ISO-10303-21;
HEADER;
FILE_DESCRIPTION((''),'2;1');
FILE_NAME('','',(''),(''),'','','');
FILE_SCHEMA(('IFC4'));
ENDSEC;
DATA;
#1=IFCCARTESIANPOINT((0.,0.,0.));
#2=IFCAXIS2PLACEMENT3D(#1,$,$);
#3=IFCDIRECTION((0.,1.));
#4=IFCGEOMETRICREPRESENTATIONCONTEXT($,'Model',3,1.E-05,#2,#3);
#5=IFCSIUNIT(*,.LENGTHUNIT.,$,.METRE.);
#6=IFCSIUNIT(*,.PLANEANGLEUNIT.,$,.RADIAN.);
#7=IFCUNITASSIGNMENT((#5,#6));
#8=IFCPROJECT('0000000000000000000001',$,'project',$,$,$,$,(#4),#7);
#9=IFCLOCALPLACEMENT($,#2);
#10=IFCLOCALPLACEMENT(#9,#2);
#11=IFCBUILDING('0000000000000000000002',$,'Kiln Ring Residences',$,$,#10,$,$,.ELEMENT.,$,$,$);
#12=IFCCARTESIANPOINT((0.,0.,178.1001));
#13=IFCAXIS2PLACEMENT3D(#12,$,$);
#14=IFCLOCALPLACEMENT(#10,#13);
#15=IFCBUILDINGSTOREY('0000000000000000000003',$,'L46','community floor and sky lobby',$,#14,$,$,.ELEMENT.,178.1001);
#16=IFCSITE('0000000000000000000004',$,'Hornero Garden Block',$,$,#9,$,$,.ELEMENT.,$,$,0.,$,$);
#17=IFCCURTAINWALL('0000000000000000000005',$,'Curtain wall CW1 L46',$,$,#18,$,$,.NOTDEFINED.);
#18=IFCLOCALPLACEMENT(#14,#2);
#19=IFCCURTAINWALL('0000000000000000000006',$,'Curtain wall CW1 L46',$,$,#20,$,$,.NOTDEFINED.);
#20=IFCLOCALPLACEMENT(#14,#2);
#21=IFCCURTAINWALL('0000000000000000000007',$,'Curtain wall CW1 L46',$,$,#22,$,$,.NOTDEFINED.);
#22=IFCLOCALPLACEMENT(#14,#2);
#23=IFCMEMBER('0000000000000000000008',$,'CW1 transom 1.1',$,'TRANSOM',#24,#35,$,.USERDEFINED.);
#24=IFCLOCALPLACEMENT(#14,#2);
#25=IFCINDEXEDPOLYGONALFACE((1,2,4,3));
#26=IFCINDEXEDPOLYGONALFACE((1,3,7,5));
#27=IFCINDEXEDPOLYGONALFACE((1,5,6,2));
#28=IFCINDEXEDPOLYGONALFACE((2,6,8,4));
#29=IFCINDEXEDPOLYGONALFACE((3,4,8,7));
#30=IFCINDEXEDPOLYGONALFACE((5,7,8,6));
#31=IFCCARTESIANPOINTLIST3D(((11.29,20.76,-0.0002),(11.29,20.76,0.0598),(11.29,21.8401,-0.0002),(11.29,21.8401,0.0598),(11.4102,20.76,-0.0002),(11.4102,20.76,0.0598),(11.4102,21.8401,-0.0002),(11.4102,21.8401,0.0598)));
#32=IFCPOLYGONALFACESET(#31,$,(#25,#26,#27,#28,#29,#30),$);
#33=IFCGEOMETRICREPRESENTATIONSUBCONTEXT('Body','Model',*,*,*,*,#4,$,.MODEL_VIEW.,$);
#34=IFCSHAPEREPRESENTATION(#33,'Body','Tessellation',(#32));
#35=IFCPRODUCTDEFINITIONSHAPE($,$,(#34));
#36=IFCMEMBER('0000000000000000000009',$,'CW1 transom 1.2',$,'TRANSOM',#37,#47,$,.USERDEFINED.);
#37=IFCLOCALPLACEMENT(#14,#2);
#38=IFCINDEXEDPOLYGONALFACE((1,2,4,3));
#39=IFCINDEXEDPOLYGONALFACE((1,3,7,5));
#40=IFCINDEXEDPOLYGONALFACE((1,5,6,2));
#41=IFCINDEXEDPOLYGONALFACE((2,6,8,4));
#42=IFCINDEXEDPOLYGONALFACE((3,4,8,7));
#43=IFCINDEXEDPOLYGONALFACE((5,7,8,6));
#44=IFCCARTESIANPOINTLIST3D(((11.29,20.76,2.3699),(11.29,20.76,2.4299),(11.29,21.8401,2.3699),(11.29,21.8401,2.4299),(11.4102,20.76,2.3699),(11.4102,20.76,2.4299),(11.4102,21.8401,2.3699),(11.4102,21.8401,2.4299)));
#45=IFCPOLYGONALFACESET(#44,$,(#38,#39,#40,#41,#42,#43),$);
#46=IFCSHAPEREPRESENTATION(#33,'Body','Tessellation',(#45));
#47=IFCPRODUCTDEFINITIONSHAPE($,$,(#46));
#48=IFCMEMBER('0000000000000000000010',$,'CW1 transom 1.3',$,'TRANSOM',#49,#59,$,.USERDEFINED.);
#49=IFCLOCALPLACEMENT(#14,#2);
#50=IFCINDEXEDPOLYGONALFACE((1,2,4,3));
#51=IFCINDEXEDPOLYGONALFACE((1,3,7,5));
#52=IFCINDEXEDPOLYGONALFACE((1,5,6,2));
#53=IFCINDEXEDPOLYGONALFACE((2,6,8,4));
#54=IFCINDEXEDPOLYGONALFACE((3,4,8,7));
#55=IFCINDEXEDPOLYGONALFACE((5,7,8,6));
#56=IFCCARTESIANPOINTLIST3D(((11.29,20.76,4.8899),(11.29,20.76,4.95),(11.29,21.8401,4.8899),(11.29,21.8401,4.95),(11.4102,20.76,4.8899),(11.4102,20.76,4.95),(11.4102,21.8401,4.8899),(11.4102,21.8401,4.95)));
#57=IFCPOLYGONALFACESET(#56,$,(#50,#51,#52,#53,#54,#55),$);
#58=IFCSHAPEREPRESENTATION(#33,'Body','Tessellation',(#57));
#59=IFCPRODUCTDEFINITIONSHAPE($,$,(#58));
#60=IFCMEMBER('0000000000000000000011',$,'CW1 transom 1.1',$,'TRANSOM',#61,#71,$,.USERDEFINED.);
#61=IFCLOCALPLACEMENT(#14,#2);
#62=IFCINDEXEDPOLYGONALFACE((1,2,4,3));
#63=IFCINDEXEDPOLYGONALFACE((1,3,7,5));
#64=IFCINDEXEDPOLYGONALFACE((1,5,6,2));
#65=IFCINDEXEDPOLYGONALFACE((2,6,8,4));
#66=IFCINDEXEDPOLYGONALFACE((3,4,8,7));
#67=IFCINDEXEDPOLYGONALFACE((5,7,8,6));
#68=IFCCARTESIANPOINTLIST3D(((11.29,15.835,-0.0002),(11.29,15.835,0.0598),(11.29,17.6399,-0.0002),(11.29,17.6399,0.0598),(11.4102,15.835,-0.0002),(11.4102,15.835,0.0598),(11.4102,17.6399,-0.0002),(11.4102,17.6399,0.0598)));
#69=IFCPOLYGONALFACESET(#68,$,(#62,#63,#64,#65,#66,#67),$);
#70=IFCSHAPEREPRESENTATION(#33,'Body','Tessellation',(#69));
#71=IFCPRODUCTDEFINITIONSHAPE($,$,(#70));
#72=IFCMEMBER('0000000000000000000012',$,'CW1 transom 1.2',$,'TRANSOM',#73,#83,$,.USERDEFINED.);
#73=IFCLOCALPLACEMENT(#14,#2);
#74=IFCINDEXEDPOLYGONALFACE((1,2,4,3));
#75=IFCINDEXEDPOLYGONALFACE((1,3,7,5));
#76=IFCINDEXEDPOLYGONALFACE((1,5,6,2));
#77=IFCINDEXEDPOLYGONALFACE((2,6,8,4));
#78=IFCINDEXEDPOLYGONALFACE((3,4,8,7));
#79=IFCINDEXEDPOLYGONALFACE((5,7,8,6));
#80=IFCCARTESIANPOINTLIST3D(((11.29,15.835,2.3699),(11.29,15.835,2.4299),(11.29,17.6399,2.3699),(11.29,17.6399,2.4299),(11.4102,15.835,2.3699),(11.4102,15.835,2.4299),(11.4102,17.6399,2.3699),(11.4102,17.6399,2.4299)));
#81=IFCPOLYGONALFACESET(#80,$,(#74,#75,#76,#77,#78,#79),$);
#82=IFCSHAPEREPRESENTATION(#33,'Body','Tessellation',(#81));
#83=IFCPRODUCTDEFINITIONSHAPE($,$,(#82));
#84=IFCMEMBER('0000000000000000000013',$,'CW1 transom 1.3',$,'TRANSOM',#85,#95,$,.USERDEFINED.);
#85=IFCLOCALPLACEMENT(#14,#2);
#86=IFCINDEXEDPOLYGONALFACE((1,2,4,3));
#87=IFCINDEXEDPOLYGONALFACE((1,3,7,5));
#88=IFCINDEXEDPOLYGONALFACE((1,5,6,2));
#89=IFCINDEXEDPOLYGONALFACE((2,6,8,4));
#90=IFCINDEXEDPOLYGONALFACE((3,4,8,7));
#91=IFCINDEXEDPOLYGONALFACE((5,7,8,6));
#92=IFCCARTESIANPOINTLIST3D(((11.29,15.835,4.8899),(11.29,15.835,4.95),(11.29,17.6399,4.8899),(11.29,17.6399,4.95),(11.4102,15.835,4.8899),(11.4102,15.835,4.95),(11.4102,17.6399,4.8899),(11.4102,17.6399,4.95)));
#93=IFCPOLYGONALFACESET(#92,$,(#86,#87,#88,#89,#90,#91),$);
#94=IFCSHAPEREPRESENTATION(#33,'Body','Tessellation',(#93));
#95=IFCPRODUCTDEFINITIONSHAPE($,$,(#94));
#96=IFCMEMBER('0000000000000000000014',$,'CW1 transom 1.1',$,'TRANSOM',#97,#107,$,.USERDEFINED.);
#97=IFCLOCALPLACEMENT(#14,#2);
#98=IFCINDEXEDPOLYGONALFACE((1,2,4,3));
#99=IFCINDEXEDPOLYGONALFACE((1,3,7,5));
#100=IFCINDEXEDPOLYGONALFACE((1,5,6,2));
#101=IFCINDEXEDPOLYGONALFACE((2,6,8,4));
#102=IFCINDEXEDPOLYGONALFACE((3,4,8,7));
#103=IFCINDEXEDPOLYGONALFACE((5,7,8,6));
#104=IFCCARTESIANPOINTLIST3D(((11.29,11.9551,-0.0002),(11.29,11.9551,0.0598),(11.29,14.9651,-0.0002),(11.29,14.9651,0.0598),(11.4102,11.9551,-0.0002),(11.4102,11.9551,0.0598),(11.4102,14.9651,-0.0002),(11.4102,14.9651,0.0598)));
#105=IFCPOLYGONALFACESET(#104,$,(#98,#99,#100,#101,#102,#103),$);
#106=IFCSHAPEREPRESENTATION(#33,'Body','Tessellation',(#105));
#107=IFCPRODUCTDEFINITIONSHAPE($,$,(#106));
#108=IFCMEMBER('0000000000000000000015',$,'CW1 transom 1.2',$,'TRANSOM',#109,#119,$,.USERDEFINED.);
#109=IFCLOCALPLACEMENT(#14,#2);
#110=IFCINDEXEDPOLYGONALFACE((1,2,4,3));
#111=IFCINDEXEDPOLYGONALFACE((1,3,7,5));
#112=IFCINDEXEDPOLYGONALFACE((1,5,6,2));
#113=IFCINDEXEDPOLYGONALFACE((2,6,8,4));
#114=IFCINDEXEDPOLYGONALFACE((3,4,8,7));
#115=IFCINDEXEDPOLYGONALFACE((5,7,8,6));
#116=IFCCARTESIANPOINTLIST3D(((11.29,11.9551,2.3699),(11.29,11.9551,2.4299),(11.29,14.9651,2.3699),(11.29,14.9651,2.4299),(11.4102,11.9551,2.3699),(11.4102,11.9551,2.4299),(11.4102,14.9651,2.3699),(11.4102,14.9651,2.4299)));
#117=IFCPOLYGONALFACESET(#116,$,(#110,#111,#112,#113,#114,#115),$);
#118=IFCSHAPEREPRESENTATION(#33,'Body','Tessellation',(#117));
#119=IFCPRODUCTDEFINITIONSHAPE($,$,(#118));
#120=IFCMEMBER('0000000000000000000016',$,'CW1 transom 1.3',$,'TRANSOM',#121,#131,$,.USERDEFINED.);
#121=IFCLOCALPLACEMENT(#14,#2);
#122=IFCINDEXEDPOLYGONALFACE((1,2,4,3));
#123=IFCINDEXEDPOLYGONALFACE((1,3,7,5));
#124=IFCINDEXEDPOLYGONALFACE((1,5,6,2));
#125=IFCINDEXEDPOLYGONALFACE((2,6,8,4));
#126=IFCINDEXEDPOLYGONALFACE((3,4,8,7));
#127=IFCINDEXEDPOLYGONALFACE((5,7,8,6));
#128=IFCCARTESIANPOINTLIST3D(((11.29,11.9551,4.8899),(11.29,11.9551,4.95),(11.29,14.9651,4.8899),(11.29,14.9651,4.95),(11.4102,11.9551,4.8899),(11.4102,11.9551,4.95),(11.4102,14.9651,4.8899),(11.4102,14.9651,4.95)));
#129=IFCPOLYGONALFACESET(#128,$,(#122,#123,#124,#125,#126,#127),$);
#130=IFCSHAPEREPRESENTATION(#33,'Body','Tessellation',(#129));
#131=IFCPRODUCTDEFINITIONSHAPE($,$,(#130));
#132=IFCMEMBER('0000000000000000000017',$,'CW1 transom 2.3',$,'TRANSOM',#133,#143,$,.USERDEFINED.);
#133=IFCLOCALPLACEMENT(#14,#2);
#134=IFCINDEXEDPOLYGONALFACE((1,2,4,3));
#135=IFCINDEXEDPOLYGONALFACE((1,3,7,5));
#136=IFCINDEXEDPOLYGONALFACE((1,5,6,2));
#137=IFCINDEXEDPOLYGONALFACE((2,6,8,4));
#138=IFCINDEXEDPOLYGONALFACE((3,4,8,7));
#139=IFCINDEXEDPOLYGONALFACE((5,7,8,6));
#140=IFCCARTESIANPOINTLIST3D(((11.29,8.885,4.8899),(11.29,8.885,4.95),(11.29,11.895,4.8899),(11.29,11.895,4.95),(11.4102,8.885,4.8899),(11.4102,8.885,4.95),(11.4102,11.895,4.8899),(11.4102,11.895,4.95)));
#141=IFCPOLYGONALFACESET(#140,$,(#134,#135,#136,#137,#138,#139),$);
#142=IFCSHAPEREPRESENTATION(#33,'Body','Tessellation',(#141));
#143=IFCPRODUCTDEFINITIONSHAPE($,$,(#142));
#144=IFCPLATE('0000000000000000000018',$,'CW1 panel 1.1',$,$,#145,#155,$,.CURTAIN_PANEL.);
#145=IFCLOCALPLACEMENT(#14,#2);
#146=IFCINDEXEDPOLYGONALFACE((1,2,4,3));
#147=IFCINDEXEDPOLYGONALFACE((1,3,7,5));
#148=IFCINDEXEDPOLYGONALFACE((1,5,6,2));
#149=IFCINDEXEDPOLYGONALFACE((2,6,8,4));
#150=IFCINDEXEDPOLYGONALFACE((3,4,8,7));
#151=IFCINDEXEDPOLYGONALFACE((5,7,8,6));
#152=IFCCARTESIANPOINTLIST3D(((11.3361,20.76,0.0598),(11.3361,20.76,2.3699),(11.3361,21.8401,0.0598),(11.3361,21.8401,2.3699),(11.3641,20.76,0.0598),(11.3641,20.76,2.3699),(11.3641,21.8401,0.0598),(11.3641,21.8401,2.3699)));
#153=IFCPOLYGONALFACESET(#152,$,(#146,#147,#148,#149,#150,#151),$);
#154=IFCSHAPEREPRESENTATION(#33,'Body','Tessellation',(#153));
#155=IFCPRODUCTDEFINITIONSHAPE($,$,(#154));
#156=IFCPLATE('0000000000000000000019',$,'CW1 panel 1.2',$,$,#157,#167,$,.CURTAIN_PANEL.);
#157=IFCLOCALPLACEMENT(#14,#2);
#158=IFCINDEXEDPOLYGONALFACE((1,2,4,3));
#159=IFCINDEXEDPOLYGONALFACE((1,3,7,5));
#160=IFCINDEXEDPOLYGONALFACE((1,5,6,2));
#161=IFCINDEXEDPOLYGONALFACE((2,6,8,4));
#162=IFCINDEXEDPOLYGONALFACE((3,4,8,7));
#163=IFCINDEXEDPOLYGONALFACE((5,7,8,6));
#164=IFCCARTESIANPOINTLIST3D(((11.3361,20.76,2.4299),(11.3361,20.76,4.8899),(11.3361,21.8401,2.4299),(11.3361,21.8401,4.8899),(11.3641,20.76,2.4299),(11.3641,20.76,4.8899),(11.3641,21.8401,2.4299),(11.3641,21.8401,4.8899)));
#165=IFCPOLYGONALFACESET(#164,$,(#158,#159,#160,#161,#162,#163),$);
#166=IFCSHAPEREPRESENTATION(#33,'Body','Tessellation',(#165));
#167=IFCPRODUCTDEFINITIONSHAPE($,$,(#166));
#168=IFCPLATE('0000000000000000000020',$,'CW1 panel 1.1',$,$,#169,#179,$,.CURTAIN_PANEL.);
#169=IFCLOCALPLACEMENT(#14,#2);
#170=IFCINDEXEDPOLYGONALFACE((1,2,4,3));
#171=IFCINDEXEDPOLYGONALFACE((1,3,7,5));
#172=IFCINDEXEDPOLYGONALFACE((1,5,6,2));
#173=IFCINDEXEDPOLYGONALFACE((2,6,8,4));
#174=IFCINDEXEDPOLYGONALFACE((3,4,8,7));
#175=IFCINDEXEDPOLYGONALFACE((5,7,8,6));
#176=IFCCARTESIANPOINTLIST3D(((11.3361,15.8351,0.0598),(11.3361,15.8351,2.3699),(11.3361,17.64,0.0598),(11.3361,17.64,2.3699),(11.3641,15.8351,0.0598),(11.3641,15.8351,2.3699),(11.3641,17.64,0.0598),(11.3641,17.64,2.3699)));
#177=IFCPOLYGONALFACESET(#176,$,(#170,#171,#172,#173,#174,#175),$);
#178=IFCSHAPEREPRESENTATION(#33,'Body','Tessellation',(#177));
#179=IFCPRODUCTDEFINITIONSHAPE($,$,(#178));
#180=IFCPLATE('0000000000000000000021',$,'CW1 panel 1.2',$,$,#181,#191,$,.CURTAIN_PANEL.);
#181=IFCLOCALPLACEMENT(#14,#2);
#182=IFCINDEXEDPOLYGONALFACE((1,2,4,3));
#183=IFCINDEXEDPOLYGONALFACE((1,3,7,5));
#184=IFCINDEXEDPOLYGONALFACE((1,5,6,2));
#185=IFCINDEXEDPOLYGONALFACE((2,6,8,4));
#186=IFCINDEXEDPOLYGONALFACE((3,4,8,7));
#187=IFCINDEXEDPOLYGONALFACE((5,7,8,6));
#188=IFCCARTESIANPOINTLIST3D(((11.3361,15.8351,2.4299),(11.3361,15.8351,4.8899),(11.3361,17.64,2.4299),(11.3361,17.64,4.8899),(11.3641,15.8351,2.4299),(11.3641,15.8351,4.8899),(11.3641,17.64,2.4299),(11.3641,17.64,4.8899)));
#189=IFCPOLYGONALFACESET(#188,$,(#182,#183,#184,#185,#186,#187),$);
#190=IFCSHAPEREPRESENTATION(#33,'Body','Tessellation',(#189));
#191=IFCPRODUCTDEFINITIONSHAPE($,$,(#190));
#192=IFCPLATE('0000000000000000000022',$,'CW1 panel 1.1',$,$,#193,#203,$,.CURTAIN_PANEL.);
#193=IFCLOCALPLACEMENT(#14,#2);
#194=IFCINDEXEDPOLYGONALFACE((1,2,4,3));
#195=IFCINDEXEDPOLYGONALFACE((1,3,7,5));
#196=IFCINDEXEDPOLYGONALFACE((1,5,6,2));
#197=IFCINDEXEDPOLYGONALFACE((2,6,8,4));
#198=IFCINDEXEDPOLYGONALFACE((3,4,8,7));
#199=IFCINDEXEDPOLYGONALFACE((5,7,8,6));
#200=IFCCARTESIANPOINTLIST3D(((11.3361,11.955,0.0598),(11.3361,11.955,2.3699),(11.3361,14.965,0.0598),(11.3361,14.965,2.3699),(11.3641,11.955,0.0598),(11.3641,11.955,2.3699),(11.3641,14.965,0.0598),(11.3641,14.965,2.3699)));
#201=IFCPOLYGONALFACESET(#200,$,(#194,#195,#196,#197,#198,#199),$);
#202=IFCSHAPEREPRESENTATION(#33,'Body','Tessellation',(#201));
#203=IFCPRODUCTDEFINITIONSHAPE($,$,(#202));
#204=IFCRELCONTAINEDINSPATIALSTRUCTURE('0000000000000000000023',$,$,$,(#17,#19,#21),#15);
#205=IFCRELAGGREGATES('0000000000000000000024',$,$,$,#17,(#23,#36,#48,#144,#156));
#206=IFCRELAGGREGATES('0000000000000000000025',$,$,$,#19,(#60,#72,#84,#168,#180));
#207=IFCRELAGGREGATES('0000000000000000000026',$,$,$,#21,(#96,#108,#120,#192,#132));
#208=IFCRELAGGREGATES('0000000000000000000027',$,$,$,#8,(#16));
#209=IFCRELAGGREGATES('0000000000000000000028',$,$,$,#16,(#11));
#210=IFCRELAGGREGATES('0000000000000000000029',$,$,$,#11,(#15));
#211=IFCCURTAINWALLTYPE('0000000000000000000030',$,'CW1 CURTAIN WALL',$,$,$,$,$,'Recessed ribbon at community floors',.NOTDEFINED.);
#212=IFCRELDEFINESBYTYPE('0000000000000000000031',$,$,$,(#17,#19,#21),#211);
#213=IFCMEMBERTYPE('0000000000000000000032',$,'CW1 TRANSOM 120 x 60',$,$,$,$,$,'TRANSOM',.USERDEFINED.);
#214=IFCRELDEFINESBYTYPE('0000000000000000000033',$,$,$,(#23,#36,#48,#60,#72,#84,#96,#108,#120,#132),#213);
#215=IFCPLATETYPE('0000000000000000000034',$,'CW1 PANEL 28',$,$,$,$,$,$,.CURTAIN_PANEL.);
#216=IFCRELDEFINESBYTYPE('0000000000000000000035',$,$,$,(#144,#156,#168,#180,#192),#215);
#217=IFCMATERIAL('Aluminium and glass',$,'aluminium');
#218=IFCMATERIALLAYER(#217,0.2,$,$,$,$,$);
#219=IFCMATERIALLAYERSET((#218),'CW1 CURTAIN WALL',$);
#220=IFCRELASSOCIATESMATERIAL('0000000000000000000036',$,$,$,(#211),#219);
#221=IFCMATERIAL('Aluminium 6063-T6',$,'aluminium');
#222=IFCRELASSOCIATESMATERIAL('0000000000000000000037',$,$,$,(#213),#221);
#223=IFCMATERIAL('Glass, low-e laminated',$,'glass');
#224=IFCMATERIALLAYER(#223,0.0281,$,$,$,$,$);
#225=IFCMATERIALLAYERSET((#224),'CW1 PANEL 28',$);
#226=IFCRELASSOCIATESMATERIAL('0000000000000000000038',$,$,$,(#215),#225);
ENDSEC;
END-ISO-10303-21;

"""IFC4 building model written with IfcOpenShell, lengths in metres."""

from ifc_helpers import new_model, si_unit, direction, frame, origin, origin_2d, place, context, subcontext, project, spatial, rectangle, extrude, material, layer, layer_set, material_profile, profile_set, type_object, element, aggregate, save


model = new_model("IFC4")

# Units and contexts
model_context = context("Model", 3, precision=1e-05, world=origin(), true_north=direction((0.0, 1.0)))
body_context = subcontext(model_context, "Body", "Model", "MODEL_VIEW")
ifc_project = project(units=[si_unit("LENGTHUNIT", "METRE"), si_unit("PLANEANGLEUNIT", "RADIAN")], contexts=[model_context])

# Site, building, storey
site_placement = place(None, origin())
site = spatial("IfcSite", under=ifc_project, at=site_placement, Name="Hornero Garden Block", CompositionType="ELEMENT", RefElevation=0.0)
building_placement = place(site_placement, origin())
building = spatial("IfcBuilding", under=site, at=building_placement, Name="Kiln Ring Residences", CompositionType="ELEMENT")
storey_placement = place(building_placement, frame((0.0, 0.0, 178.1001)))
storey = spatial("IfcBuildingStorey", under=building, at=storey_placement, Name="L46", Description="community floor and sky lobby", CompositionType="ELEMENT", Elevation=178.1001)

# Curtain wall
ifc_material_1 = material(Name="Aluminium and glass", Category="aluminium")
ifc_layer_1 = layer(ifc_material_1, 0.2)
ifc_layer_set_1 = layer_set([ifc_layer_1], Name="CW1 CURTAIN WALL")
curtain_wall_type = type_object("IfcCurtainWallType", Name="CW1 CURTAIN WALL", ElementType="Recessed ribbon at community floors", PredefinedType="NOTDEFINED", material=ifc_layer_set_1)
placement = place(storey_placement, origin())
curtain_wall_1 = element("IfcCurtainWall", 1, at=placement, inside=storey, type_object=curtain_wall_type, Name="Curtain wall CW1 L46", PredefinedType="NOTDEFINED")

# Curtain walls
curtain_wall_2 = element("IfcCurtainWall", 2, at=placement, inside=storey, type_object=curtain_wall_type, Name="Curtain wall CW1 L46", PredefinedType="NOTDEFINED")
curtain_wall_3 = element("IfcCurtainWall", 3, at=placement, inside=storey, type_object=curtain_wall_type, Name="Curtain wall CW1 L46", PredefinedType="NOTDEFINED")

# Members
ifc_material_2 = material(Name="Aluminium 6063-T6", Category="aluminium")
ifc_material_profile_1 = material_profile(ifc_material_2, rectangle(XDim=0.1201, YDim=0.0601, at=origin_2d()), Name="AL 120x60")
ifc_profile_set_1 = profile_set([ifc_material_profile_1], Name="Aluminium 6063-T6")
member_type_1 = type_object("IfcMemberType", Name="CW1 TRANSOM 120 x 60", ElementType="TRANSOM", PredefinedType="USERDEFINED", material=ifc_profile_set_1)
member_1_placement = place(storey_placement, frame((11.3501, 21.8401, 0.0298), z_axis=(0.0, -1.0, 0.0), x_axis=(1.0, 0.0, 0.0)))
member_1 = element("IfcMember", 4, at=member_1_placement, type_object=member_type_1, Name="CW1 transom 1.1", ObjectType="TRANSOM", PredefinedType="USERDEFINED", context=body_context, shape_type="SweptSolid", body=[
    extrude(rectangle(XDim=0.1201, YDim=0.0601, at=origin_2d()), origin(), (0.0, 0.0, 1.0), 1.0801),
])
member_2_placement = place(storey_placement, frame((11.3501, 21.8401, 2.3999), z_axis=(0.0, -1.0, 0.0), x_axis=(1.0, 0.0, 0.0)))
member_2 = element("IfcMember", 5, at=member_2_placement, type_object=member_type_1, Name="CW1 transom 1.2", ObjectType="TRANSOM", PredefinedType="USERDEFINED", context=body_context, shape_type="SweptSolid", body=[
    extrude(rectangle(XDim=0.1201, YDim=0.0601, at=origin_2d()), origin(), (0.0, 0.0, 1.0), 1.0801),
])
member_3_placement = place(storey_placement, frame((11.3501, 21.8401, 4.9199), z_axis=(0.0, -1.0, 0.0), x_axis=(1.0, 0.0, 0.0)))
member_3 = element("IfcMember", 6, at=member_3_placement, type_object=member_type_1, Name="CW1 transom 1.3", ObjectType="TRANSOM", PredefinedType="USERDEFINED", context=body_context, shape_type="SweptSolid", body=[
    extrude(rectangle(XDim=0.1201, YDim=0.0601, at=origin_2d()), origin(), (0.0, 0.0, 1.0), 1.0801),
])
member_4_placement = place(storey_placement, frame((11.3501, 17.6399, 0.0298), z_axis=(0.0, -1.0, 0.0), x_axis=(1.0, 0.0, 0.0)))
member_4 = element("IfcMember", 7, at=member_4_placement, type_object=member_type_1, Name="CW1 transom 1.1", ObjectType="TRANSOM", PredefinedType="USERDEFINED", context=body_context, shape_type="SweptSolid", body=[
    extrude(rectangle(XDim=0.1201, YDim=0.0601, at=origin_2d()), origin(), (0.0, 0.0, 1.0), 1.8049),
])
member_5_placement = place(storey_placement, frame((11.3501, 17.6399, 2.3999), z_axis=(0.0, -1.0, 0.0), x_axis=(1.0, 0.0, 0.0)))
member_5 = element("IfcMember", 8, at=member_5_placement, type_object=member_type_1, Name="CW1 transom 1.2", ObjectType="TRANSOM", PredefinedType="USERDEFINED", context=body_context, shape_type="SweptSolid", body=[
    extrude(rectangle(XDim=0.1201, YDim=0.0601, at=origin_2d()), origin(), (0.0, 0.0, 1.0), 1.8049),
])
member_6_placement = place(storey_placement, frame((11.3501, 17.6399, 4.9199), z_axis=(0.0, -1.0, 0.0), x_axis=(1.0, 0.0, 0.0)))
member_6 = element("IfcMember", 9, at=member_6_placement, type_object=member_type_1, Name="CW1 transom 1.3", ObjectType="TRANSOM", PredefinedType="USERDEFINED", context=body_context, shape_type="SweptSolid", body=[
    extrude(rectangle(XDim=0.1201, YDim=0.0601, at=origin_2d()), origin(), (0.0, 0.0, 1.0), 1.8049),
])
member_7_placement = place(storey_placement, frame((11.3501, 14.9651, 0.0298), z_axis=(0.0, -1.0, 0.0), x_axis=(1.0, 0.0, 0.0)))
member_7 = element("IfcMember", 10, at=member_7_placement, type_object=member_type_1, Name="CW1 transom 1.1", ObjectType="TRANSOM", PredefinedType="USERDEFINED", context=body_context, shape_type="SweptSolid", body=[
    extrude(rectangle(XDim=0.1201, YDim=0.0601, at=origin_2d()), origin(), (0.0, 0.0, 1.0), 3.01),
])
member_8_placement = place(storey_placement, frame((11.3501, 14.9651, 2.3999), z_axis=(0.0, -1.0, 0.0), x_axis=(1.0, 0.0, 0.0)))
member_8 = element("IfcMember", 11, at=member_8_placement, type_object=member_type_1, Name="CW1 transom 1.2", ObjectType="TRANSOM", PredefinedType="USERDEFINED", context=body_context, shape_type="SweptSolid", body=[
    extrude(rectangle(XDim=0.1201, YDim=0.0601, at=origin_2d()), origin(), (0.0, 0.0, 1.0), 3.01),
])
member_9_placement = place(storey_placement, frame((11.3501, 14.9651, 4.9199), z_axis=(0.0, -1.0, 0.0), x_axis=(1.0, 0.0, 0.0)))
member_9 = element("IfcMember", 12, at=member_9_placement, type_object=member_type_1, Name="CW1 transom 1.3", ObjectType="TRANSOM", PredefinedType="USERDEFINED", context=body_context, shape_type="SweptSolid", body=[
    extrude(rectangle(XDim=0.1201, YDim=0.0601, at=origin_2d()), origin(), (0.0, 0.0, 1.0), 3.01),
])
member_10_placement = place(storey_placement, frame((11.3501, 11.895, 4.9199), z_axis=(0.0, -1.0, 0.0), x_axis=(1.0, 0.0, 0.0)))
member_10 = element("IfcMember", 13, at=member_10_placement, type_object=member_type_1, Name="CW1 transom 2.3", ObjectType="TRANSOM", PredefinedType="USERDEFINED", context=body_context, shape_type="SweptSolid", body=[
    extrude(rectangle(XDim=0.1201, YDim=0.0601, at=origin_2d()), origin(), (0.0, 0.0, 1.0), 3.01),
])

# Plates
ifc_material_3 = material(Name="Glass, low-e laminated", Category="glass")
ifc_layer_2 = layer(ifc_material_3, 0.0281)
ifc_layer_set_2 = layer_set([ifc_layer_2], Name="CW1 PANEL 28")
plate_type = type_object("IfcPlateType", Name="CW1 PANEL 28", PredefinedType="CURTAIN_PANEL", material=ifc_layer_set_2)
plate_1_placement = place(storey_placement, frame((11.3501, 21.3, 0.0598), z_axis=(0.0, 0.0, 1.0), x_axis=(0.0, -1.0, 0.0)))
plate_1 = element("IfcPlate", 14, at=plate_1_placement, type_object=plate_type, Name="CW1 panel 1.1", PredefinedType="CURTAIN_PANEL", context=body_context, shape_type="SweptSolid", body=[
    extrude(rectangle(XDim=1.0801, YDim=0.0281, at=origin_2d()), origin(), (0.0, 0.0, 1.0), 2.3101),
])
plate_2_placement = place(storey_placement, frame((11.3501, 21.3, 2.4299), z_axis=(0.0, 0.0, 1.0), x_axis=(0.0, -1.0, 0.0)))
plate_2 = element("IfcPlate", 15, at=plate_2_placement, type_object=plate_type, Name="CW1 panel 1.2", PredefinedType="CURTAIN_PANEL", context=body_context, shape_type="SweptSolid", body=[
    extrude(rectangle(XDim=1.0801, YDim=0.0281, at=origin_2d()), origin(), (0.0, 0.0, 1.0), 2.46),
])
aggregate(curtain_wall_1, [member_1, member_2, member_3, plate_1, plate_2])
plate_3_placement = place(storey_placement, frame((11.3501, 16.7375, 0.0598), z_axis=(0.0, 0.0, 1.0), x_axis=(0.0, -1.0, 0.0)))
plate_3 = element("IfcPlate", 16, at=plate_3_placement, type_object=plate_type, Name="CW1 panel 1.1", PredefinedType="CURTAIN_PANEL", context=body_context, shape_type="SweptSolid", body=[
    extrude(rectangle(XDim=1.8049, YDim=0.0281, at=origin_2d()), origin(), (0.0, 0.0, 1.0), 2.3101),
])
plate_4_placement = place(storey_placement, frame((11.3501, 16.7375, 2.4299), z_axis=(0.0, 0.0, 1.0), x_axis=(0.0, -1.0, 0.0)))
plate_4 = element("IfcPlate", 17, at=plate_4_placement, type_object=plate_type, Name="CW1 panel 1.2", PredefinedType="CURTAIN_PANEL", context=body_context, shape_type="SweptSolid", body=[
    extrude(rectangle(XDim=1.8049, YDim=0.0281, at=origin_2d()), origin(), (0.0, 0.0, 1.0), 2.46),
])
aggregate(curtain_wall_2, [member_4, member_5, member_6, plate_3, plate_4])
plate_5_placement = place(storey_placement, frame((11.3501, 13.46, 0.0598), z_axis=(0.0, 0.0, 1.0), x_axis=(0.0, -1.0, 0.0)))
plate_5 = element("IfcPlate", 18, at=plate_5_placement, type_object=plate_type, Name="CW1 panel 1.1", PredefinedType="CURTAIN_PANEL", context=body_context, shape_type="SweptSolid", body=[
    extrude(rectangle(XDim=3.01, YDim=0.0281, at=origin_2d()), origin(), (0.0, 0.0, 1.0), 2.3101),
])
aggregate(curtain_wall_3, [member_7, member_8, member_9, plate_5, member_10])

save(model, "model.ifc")
